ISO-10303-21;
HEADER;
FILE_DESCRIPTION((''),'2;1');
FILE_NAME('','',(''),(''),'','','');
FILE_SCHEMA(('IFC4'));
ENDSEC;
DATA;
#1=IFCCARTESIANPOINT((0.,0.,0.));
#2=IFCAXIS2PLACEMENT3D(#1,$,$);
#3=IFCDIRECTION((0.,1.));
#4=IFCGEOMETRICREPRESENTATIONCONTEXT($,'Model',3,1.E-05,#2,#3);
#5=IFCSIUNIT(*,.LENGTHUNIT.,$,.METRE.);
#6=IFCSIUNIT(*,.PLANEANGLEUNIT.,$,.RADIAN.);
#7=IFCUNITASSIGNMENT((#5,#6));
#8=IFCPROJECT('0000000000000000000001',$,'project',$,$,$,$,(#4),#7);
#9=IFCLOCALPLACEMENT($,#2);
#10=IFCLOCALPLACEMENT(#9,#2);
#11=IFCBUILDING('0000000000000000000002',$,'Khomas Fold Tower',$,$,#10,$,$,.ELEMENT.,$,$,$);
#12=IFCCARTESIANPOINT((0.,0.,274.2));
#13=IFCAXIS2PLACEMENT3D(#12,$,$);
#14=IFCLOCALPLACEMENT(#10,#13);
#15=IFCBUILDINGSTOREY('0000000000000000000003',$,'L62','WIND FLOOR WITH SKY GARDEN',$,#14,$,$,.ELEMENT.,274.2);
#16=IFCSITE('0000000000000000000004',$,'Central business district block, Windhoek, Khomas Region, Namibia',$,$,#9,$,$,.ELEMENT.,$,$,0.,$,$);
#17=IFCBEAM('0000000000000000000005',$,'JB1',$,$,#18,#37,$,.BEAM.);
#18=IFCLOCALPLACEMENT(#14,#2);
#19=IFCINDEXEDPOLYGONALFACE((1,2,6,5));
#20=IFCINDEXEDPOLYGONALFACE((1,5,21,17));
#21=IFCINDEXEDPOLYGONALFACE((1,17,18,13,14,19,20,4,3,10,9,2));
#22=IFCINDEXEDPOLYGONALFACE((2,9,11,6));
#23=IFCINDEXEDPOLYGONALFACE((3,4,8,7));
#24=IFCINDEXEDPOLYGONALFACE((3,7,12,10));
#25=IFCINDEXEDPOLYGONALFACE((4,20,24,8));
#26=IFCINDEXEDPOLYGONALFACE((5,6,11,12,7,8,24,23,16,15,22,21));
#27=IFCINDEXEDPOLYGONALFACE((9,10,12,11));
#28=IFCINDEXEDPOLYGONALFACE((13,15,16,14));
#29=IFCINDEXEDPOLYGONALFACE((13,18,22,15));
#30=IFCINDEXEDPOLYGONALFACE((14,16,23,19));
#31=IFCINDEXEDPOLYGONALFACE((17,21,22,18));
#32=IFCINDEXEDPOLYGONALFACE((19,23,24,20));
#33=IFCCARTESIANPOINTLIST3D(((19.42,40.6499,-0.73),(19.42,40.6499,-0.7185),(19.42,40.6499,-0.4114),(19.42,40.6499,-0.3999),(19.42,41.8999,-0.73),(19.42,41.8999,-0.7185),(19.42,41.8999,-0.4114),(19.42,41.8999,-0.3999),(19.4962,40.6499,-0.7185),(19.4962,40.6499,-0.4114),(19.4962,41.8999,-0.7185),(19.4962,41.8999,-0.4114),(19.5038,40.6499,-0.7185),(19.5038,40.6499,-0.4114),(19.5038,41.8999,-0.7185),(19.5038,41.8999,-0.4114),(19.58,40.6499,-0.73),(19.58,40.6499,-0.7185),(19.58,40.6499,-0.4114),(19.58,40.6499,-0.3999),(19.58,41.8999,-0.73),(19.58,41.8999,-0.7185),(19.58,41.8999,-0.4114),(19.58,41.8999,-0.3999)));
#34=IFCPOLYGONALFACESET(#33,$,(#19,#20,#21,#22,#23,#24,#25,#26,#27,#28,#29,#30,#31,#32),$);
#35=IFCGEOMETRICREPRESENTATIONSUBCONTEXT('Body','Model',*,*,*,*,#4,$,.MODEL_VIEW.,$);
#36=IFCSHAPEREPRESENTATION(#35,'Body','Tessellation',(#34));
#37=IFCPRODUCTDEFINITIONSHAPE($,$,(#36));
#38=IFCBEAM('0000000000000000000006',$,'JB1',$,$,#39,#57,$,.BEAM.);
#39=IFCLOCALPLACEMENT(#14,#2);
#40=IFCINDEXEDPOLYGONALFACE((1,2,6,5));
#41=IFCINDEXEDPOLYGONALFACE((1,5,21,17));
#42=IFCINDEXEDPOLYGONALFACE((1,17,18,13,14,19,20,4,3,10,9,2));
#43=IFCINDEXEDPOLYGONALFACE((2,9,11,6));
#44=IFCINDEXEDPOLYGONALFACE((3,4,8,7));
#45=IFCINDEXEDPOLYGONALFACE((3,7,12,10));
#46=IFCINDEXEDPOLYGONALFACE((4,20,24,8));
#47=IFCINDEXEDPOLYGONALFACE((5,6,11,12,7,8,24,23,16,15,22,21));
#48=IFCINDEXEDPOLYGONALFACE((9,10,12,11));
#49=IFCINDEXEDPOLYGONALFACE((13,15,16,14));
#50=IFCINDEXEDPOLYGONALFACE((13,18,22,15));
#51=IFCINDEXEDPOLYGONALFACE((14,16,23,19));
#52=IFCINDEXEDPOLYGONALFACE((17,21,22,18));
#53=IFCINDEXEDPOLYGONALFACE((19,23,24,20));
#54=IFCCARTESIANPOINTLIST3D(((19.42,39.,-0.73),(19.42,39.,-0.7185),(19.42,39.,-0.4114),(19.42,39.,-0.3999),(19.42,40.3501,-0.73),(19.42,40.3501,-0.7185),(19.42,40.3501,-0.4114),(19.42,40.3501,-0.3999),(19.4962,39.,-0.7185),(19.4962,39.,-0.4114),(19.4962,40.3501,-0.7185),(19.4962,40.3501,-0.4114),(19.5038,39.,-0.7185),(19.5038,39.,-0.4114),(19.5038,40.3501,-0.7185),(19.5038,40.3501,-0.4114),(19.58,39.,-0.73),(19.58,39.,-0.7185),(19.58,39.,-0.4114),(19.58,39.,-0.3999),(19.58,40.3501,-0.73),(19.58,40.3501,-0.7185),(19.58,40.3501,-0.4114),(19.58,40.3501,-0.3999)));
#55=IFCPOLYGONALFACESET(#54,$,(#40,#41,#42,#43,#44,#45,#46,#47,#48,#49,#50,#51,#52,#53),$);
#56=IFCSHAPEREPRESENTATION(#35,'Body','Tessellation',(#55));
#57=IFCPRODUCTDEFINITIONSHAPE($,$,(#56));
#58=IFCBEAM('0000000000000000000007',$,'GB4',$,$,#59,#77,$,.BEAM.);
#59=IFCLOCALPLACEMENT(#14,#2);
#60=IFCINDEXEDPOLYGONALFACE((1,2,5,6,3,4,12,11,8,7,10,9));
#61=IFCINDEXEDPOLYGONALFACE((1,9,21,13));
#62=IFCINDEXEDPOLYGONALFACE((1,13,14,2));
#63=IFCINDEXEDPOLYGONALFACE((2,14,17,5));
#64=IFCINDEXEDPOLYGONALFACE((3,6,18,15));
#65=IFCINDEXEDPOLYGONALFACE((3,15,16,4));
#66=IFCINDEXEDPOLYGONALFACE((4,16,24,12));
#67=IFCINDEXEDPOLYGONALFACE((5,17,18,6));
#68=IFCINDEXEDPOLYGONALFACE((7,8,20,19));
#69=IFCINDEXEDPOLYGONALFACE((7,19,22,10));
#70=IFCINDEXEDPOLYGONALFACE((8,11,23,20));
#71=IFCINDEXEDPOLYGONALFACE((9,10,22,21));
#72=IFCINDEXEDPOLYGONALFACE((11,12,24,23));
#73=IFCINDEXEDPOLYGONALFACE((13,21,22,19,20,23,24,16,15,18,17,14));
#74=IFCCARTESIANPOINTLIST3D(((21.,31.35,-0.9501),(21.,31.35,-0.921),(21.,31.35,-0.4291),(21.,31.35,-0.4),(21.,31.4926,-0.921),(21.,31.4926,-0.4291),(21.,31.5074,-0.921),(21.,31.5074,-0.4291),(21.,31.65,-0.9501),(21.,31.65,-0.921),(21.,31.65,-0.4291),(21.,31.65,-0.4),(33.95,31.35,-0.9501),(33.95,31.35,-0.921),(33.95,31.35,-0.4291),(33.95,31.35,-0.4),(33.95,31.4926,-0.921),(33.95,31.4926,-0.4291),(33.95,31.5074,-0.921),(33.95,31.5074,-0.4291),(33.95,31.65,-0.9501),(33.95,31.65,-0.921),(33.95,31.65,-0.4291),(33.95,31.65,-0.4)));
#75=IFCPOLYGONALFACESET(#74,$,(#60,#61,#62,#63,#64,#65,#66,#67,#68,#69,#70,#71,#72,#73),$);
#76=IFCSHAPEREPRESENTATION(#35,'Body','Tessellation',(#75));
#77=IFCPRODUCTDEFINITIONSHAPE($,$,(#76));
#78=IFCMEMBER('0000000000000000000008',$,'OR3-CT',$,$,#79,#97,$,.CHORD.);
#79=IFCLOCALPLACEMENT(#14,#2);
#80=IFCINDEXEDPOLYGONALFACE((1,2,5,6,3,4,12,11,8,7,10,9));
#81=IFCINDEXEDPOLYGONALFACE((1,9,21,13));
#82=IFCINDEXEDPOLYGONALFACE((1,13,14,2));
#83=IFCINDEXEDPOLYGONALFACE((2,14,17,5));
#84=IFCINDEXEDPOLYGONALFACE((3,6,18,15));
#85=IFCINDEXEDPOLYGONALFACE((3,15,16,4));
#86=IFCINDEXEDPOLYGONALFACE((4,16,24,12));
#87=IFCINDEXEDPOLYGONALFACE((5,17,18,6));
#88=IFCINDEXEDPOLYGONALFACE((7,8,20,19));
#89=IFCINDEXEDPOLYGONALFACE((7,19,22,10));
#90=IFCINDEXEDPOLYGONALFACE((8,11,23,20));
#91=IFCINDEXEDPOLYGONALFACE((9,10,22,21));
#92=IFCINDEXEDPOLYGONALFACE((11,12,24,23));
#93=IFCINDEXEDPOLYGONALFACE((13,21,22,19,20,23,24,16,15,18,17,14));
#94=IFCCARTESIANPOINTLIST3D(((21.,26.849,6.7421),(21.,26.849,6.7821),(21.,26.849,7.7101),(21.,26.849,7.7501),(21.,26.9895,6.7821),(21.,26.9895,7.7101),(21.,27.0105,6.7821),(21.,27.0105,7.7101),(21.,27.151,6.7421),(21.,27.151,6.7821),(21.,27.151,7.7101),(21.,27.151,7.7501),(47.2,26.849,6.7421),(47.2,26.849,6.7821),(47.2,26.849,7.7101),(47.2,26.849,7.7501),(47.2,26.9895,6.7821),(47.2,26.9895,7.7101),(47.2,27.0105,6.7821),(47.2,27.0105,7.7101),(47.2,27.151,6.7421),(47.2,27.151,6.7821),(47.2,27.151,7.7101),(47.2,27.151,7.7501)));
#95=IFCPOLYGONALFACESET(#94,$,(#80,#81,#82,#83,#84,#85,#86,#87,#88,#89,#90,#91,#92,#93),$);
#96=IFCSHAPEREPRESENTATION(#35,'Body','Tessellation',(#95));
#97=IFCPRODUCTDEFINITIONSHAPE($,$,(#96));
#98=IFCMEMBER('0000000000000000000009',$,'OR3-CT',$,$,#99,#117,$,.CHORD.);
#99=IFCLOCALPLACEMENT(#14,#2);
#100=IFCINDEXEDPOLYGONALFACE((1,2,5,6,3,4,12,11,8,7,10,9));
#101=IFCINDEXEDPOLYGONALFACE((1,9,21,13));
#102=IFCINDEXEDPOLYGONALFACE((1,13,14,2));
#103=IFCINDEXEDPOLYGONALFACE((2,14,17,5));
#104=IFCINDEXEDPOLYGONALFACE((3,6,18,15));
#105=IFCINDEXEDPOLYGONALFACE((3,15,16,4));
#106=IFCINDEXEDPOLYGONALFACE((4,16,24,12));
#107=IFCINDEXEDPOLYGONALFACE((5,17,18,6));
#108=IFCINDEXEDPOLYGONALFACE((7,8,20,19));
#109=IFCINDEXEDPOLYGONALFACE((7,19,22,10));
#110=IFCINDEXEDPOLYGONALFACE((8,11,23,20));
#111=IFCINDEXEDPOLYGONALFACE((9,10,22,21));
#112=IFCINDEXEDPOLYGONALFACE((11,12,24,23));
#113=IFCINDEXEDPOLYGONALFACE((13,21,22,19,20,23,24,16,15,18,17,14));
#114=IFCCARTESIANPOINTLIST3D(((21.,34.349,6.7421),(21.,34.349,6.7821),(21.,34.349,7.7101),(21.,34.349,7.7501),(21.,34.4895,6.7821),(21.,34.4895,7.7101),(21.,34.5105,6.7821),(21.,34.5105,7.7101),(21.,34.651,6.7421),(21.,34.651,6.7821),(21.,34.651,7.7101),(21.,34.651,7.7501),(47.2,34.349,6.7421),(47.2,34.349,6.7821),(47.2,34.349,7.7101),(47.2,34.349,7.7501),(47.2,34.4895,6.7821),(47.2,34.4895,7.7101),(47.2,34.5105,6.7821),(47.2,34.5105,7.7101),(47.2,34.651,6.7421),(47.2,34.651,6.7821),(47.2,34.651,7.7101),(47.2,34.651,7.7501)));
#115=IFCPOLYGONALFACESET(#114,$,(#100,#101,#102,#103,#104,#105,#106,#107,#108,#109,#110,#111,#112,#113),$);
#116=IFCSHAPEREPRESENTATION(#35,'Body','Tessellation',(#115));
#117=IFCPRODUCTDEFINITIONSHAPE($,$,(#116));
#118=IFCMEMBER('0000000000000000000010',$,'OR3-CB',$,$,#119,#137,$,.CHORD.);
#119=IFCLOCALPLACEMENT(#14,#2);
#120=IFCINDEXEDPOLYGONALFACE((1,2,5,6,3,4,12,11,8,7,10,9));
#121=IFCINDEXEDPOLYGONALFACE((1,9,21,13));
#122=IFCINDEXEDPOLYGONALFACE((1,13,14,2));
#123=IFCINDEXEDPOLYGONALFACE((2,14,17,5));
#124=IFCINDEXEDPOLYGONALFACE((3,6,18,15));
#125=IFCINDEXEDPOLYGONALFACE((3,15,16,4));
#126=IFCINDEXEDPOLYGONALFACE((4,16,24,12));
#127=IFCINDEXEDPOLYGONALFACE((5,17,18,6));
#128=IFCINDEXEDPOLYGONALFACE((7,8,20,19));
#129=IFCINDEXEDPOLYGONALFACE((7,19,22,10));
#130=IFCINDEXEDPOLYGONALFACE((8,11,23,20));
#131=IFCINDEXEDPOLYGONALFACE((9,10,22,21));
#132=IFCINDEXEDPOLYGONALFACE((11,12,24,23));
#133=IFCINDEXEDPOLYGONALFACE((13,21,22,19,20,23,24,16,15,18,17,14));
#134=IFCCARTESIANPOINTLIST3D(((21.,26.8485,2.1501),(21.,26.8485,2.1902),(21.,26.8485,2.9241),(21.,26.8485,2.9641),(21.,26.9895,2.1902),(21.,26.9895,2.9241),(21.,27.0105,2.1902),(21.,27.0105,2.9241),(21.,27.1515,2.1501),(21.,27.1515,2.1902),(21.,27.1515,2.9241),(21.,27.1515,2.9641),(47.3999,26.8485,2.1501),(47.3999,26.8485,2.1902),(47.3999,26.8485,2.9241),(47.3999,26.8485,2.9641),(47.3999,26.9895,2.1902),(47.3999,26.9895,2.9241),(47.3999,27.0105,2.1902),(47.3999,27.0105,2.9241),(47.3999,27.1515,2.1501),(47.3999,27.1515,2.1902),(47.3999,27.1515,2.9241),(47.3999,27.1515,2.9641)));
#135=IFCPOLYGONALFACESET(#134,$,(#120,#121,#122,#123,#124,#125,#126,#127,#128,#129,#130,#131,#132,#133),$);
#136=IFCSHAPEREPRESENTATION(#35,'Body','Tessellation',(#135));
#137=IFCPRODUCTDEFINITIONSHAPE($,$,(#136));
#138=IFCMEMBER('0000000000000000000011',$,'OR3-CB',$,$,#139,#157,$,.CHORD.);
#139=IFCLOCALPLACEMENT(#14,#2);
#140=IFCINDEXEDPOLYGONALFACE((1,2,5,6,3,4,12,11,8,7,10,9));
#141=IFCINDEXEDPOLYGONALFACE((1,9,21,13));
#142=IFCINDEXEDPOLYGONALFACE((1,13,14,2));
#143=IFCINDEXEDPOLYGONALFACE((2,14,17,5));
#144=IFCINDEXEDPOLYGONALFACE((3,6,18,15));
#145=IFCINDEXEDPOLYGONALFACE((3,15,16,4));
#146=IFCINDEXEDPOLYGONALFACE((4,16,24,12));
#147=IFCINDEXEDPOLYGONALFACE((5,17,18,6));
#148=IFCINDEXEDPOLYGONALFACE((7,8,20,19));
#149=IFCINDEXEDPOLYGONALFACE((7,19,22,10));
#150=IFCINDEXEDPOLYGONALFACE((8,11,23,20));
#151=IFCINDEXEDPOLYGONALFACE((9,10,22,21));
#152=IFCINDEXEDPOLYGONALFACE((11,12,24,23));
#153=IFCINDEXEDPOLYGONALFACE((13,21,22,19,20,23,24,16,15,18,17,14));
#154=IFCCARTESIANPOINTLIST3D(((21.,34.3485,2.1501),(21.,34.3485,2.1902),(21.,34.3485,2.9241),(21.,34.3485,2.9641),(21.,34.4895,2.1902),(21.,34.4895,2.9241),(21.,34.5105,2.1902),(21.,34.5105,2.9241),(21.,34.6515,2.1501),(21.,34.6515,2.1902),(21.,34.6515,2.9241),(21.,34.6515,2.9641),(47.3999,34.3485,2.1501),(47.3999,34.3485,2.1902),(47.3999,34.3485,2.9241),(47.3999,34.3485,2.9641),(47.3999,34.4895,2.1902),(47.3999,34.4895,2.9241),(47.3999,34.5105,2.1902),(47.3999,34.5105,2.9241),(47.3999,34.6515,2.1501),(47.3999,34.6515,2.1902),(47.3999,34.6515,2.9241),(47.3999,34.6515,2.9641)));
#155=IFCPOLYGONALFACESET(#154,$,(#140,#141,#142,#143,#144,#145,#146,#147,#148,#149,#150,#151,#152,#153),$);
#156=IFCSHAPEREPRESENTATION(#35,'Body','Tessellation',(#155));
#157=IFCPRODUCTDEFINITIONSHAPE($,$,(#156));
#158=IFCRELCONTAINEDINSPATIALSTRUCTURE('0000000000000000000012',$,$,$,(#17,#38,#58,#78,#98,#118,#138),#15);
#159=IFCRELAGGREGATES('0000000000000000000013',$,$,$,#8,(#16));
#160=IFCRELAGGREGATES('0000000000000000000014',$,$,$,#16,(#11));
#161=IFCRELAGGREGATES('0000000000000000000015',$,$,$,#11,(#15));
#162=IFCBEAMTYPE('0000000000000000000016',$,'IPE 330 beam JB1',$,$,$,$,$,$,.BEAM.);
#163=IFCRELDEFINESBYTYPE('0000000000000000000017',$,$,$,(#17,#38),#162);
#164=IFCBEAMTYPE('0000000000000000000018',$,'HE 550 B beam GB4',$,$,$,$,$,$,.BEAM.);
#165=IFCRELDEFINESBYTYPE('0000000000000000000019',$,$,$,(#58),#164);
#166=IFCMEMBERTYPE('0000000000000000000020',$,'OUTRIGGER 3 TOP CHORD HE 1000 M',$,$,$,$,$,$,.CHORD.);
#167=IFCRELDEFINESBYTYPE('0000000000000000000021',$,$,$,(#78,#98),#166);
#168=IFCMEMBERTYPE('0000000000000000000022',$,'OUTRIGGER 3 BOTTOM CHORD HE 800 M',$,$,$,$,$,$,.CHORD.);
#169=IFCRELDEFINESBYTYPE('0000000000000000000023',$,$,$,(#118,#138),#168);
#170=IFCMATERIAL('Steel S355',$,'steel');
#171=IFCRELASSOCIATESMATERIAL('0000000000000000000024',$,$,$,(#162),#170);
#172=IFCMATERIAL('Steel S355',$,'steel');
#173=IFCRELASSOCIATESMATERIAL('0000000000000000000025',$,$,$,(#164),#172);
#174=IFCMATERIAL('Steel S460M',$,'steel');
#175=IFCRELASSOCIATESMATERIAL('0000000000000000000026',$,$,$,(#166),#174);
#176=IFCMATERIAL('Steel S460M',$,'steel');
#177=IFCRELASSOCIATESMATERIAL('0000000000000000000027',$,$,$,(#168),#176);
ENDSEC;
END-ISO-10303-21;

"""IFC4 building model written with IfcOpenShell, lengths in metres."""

from ifc_helpers import new_model, si_unit, direction, frame, origin, origin_2d, place, context, subcontext, project, spatial, i_section, extrude, source, transform, mapped, material, material_profile, profile_set, type_object, element, save


model = new_model("IFC4")

# Units and contexts
model_context = context("Model", 3, precision=1e-05, world=origin(), true_north=direction((0.0, 1.0)))
body_context = subcontext(model_context, "Body", "Model", "MODEL_VIEW")
ifc_project = project(units=[si_unit("LENGTHUNIT", "METRE"), si_unit("PLANEANGLEUNIT", "RADIAN")], contexts=[model_context])

# Site, building, storey
site_placement = place(None, origin())
site = spatial("IfcSite", under=ifc_project, at=site_placement, Name="Central business district block, Windhoek, Khomas Region, Namibia", CompositionType="ELEMENT", RefElevation=0.0)
building_placement = place(site_placement, origin())
building = spatial("IfcBuilding", under=site, at=building_placement, Name="Khomas Fold Tower", CompositionType="ELEMENT")
storey_placement = place(building_placement, frame((0.0, 0.0, 274.2)))
storey = spatial("IfcBuildingStorey", under=building, at=storey_placement, Name="L62", Description="WIND FLOOR WITH SKY GARDEN", CompositionType="ELEMENT", Elevation=274.2)

# Beams
ifc_material_1 = material(Name="Steel S355", Category="steel")
ifc_material_profile_1 = material_profile(ifc_material_1, i_section(OverallWidth=0.1599, OverallDepth=0.3301, WebThickness=0.0076, FlangeThickness=0.0115, at=origin_2d()), Name="IPE 330")
ifc_profile_set_1 = profile_set([ifc_material_profile_1], Name="Steel S355")
beam_type_1 = type_object("IfcBeamType", Name="IPE 330 beam JB1", PredefinedType="BEAM", material=ifc_profile_set_1)
shared_shape_1 = source(origin(), body_context, "Body", "SweptSolid", [
    extrude(i_section(OverallWidth=0.1599, OverallDepth=0.3301, WebThickness=0.0076, FlangeThickness=0.0115, at=origin_2d()), origin(), (0.0, 0.0, 1.0), 1.25),
])
beam_1_placement = place(storey_placement, frame((19.5, 40.6499, -0.5649), z_axis=(0.0, 1.0, 0.0), x_axis=(-1.0, 0.0, 0.0)))
element("IfcBeam", 1, at=beam_1_placement, inside=storey, type_object=beam_type_1, Name="JB1", PredefinedType="BEAM", context=body_context, shape_type="MappedRepresentation", body=[
    mapped(shared_shape_1, transform((0.0, 0.0, 0.0))),
])
shared_shape_2 = source(origin(), body_context, "Body", "SweptSolid", [
    extrude(i_section(OverallWidth=0.1599, OverallDepth=0.3301, WebThickness=0.0076, FlangeThickness=0.0115, at=origin_2d()), origin(), (0.0, 0.0, 1.0), 1.3501),
])
beam_2_placement = place(storey_placement, frame((19.5, 39.0, -0.5649), z_axis=(0.0, 1.0, 0.0), x_axis=(-1.0, 0.0, 0.0)))
element("IfcBeam", 2, at=beam_2_placement, inside=storey, type_object=beam_type_1, Name="JB1", PredefinedType="BEAM", context=body_context, shape_type="MappedRepresentation", body=[
    mapped(shared_shape_2, transform((0.0, 0.0, 0.0))),
])
ifc_material_2 = material(Name="Steel S355", Category="steel")
ifc_material_profile_2 = material_profile(ifc_material_2, i_section(OverallWidth=0.3, OverallDepth=0.55, WebThickness=0.0149, FlangeThickness=0.0291, at=origin_2d()), Name="HE 550 B")
ifc_profile_set_2 = profile_set([ifc_material_profile_2], Name="Steel S355")
beam_type_2 = type_object("IfcBeamType", Name="HE 550 B beam GB4", PredefinedType="BEAM", material=ifc_profile_set_2)
shared_shape_3 = source(origin(), body_context, "Body", "SweptSolid", [
    extrude(i_section(OverallWidth=0.3, OverallDepth=0.55, WebThickness=0.0149, FlangeThickness=0.0291, at=origin_2d()), origin(), (0.0, 0.0, 1.0), 12.95),
])
beam_3_placement = place(storey_placement, frame((21.0, 31.5, -0.675), z_axis=(1.0, 0.0, 0.0), x_axis=(0.0, 1.0, 0.0)))
element("IfcBeam", 3, at=beam_3_placement, inside=storey, type_object=beam_type_2, Name="GB4", PredefinedType="BEAM", context=body_context, shape_type="MappedRepresentation", body=[
    mapped(shared_shape_3, transform((0.0, 0.0, 0.0))),
])

# Members
ifc_material_3 = material(Name="Steel S460M", Category="steel")
ifc_material_profile_3 = material_profile(ifc_material_3, i_section(OverallWidth=0.302, OverallDepth=1.0081, WebThickness=0.021, FlangeThickness=0.04, at=origin_2d()), Name="HE 1000 M")
ifc_profile_set_3 = profile_set([ifc_material_profile_3], Name="Steel S460M")
member_type_1 = type_object("IfcMemberType", Name="OUTRIGGER 3 TOP CHORD HE 1000 M", PredefinedType="CHORD", material=ifc_profile_set_3)
shared_shape_4 = source(origin(), body_context, "Body", "SweptSolid", [
    extrude(i_section(OverallWidth=0.302, OverallDepth=1.0081, WebThickness=0.021, FlangeThickness=0.04, at=origin_2d()), origin(), (0.0, 0.0, 1.0), 26.2),
])
for number, where, z_axis, x_axis, name in (
    (4, (21.0, 27.0, 7.2461), (1.0, 0.0, 0.0), (0.0, 1.0, 0.0), "OR3-CT"),
    (5, (21.0, 34.5, 7.2461), (1.0, 0.0, 0.0), (0.0, 1.0, 0.0), "OR3-CT"),
):
    element("IfcMember", number, at=place(storey_placement, frame(where, z_axis=z_axis, x_axis=x_axis)), inside=storey, type_object=member_type_1, Name=name, PredefinedType="CHORD", context=body_context, shape_type="MappedRepresentation", body=[
        mapped(shared_shape_4, transform((0.0, 0.0, 0.0))),
    ])
ifc_material_4 = material(Name="Steel S460M", Category="steel")
ifc_material_profile_4 = material_profile(ifc_material_4, i_section(OverallWidth=0.303, OverallDepth=0.814, WebThickness=0.021, FlangeThickness=0.04, at=origin_2d()), Name="HE 800 M")
ifc_profile_set_4 = profile_set([ifc_material_profile_4], Name="Steel S460M")
member_type_2 = type_object("IfcMemberType", Name="OUTRIGGER 3 BOTTOM CHORD HE 800 M", PredefinedType="CHORD", material=ifc_profile_set_4)
shared_shape_5 = source(origin(), body_context, "Body", "SweptSolid", [
    extrude(i_section(OverallWidth=0.303, OverallDepth=0.814, WebThickness=0.021, FlangeThickness=0.04, at=origin_2d()), origin(), (0.0, 0.0, 1.0), 26.3999),
])
for number, where, z_axis, x_axis, name in (
    (6, (21.0, 27.0, 2.5571), (1.0, 0.0, 0.0), (0.0, 1.0, 0.0), "OR3-CB"),
    (7, (21.0, 34.5, 2.5571), (1.0, 0.0, 0.0), (0.0, 1.0, 0.0), "OR3-CB"),
):
    element("IfcMember", number, at=place(storey_placement, frame(where, z_axis=z_axis, x_axis=x_axis)), inside=storey, type_object=member_type_2, Name=name, PredefinedType="CHORD", context=body_context, shape_type="MappedRepresentation", body=[
        mapped(shared_shape_5, transform((0.0, 0.0, 0.0))),
    ])

save(model, "model.ifc")
